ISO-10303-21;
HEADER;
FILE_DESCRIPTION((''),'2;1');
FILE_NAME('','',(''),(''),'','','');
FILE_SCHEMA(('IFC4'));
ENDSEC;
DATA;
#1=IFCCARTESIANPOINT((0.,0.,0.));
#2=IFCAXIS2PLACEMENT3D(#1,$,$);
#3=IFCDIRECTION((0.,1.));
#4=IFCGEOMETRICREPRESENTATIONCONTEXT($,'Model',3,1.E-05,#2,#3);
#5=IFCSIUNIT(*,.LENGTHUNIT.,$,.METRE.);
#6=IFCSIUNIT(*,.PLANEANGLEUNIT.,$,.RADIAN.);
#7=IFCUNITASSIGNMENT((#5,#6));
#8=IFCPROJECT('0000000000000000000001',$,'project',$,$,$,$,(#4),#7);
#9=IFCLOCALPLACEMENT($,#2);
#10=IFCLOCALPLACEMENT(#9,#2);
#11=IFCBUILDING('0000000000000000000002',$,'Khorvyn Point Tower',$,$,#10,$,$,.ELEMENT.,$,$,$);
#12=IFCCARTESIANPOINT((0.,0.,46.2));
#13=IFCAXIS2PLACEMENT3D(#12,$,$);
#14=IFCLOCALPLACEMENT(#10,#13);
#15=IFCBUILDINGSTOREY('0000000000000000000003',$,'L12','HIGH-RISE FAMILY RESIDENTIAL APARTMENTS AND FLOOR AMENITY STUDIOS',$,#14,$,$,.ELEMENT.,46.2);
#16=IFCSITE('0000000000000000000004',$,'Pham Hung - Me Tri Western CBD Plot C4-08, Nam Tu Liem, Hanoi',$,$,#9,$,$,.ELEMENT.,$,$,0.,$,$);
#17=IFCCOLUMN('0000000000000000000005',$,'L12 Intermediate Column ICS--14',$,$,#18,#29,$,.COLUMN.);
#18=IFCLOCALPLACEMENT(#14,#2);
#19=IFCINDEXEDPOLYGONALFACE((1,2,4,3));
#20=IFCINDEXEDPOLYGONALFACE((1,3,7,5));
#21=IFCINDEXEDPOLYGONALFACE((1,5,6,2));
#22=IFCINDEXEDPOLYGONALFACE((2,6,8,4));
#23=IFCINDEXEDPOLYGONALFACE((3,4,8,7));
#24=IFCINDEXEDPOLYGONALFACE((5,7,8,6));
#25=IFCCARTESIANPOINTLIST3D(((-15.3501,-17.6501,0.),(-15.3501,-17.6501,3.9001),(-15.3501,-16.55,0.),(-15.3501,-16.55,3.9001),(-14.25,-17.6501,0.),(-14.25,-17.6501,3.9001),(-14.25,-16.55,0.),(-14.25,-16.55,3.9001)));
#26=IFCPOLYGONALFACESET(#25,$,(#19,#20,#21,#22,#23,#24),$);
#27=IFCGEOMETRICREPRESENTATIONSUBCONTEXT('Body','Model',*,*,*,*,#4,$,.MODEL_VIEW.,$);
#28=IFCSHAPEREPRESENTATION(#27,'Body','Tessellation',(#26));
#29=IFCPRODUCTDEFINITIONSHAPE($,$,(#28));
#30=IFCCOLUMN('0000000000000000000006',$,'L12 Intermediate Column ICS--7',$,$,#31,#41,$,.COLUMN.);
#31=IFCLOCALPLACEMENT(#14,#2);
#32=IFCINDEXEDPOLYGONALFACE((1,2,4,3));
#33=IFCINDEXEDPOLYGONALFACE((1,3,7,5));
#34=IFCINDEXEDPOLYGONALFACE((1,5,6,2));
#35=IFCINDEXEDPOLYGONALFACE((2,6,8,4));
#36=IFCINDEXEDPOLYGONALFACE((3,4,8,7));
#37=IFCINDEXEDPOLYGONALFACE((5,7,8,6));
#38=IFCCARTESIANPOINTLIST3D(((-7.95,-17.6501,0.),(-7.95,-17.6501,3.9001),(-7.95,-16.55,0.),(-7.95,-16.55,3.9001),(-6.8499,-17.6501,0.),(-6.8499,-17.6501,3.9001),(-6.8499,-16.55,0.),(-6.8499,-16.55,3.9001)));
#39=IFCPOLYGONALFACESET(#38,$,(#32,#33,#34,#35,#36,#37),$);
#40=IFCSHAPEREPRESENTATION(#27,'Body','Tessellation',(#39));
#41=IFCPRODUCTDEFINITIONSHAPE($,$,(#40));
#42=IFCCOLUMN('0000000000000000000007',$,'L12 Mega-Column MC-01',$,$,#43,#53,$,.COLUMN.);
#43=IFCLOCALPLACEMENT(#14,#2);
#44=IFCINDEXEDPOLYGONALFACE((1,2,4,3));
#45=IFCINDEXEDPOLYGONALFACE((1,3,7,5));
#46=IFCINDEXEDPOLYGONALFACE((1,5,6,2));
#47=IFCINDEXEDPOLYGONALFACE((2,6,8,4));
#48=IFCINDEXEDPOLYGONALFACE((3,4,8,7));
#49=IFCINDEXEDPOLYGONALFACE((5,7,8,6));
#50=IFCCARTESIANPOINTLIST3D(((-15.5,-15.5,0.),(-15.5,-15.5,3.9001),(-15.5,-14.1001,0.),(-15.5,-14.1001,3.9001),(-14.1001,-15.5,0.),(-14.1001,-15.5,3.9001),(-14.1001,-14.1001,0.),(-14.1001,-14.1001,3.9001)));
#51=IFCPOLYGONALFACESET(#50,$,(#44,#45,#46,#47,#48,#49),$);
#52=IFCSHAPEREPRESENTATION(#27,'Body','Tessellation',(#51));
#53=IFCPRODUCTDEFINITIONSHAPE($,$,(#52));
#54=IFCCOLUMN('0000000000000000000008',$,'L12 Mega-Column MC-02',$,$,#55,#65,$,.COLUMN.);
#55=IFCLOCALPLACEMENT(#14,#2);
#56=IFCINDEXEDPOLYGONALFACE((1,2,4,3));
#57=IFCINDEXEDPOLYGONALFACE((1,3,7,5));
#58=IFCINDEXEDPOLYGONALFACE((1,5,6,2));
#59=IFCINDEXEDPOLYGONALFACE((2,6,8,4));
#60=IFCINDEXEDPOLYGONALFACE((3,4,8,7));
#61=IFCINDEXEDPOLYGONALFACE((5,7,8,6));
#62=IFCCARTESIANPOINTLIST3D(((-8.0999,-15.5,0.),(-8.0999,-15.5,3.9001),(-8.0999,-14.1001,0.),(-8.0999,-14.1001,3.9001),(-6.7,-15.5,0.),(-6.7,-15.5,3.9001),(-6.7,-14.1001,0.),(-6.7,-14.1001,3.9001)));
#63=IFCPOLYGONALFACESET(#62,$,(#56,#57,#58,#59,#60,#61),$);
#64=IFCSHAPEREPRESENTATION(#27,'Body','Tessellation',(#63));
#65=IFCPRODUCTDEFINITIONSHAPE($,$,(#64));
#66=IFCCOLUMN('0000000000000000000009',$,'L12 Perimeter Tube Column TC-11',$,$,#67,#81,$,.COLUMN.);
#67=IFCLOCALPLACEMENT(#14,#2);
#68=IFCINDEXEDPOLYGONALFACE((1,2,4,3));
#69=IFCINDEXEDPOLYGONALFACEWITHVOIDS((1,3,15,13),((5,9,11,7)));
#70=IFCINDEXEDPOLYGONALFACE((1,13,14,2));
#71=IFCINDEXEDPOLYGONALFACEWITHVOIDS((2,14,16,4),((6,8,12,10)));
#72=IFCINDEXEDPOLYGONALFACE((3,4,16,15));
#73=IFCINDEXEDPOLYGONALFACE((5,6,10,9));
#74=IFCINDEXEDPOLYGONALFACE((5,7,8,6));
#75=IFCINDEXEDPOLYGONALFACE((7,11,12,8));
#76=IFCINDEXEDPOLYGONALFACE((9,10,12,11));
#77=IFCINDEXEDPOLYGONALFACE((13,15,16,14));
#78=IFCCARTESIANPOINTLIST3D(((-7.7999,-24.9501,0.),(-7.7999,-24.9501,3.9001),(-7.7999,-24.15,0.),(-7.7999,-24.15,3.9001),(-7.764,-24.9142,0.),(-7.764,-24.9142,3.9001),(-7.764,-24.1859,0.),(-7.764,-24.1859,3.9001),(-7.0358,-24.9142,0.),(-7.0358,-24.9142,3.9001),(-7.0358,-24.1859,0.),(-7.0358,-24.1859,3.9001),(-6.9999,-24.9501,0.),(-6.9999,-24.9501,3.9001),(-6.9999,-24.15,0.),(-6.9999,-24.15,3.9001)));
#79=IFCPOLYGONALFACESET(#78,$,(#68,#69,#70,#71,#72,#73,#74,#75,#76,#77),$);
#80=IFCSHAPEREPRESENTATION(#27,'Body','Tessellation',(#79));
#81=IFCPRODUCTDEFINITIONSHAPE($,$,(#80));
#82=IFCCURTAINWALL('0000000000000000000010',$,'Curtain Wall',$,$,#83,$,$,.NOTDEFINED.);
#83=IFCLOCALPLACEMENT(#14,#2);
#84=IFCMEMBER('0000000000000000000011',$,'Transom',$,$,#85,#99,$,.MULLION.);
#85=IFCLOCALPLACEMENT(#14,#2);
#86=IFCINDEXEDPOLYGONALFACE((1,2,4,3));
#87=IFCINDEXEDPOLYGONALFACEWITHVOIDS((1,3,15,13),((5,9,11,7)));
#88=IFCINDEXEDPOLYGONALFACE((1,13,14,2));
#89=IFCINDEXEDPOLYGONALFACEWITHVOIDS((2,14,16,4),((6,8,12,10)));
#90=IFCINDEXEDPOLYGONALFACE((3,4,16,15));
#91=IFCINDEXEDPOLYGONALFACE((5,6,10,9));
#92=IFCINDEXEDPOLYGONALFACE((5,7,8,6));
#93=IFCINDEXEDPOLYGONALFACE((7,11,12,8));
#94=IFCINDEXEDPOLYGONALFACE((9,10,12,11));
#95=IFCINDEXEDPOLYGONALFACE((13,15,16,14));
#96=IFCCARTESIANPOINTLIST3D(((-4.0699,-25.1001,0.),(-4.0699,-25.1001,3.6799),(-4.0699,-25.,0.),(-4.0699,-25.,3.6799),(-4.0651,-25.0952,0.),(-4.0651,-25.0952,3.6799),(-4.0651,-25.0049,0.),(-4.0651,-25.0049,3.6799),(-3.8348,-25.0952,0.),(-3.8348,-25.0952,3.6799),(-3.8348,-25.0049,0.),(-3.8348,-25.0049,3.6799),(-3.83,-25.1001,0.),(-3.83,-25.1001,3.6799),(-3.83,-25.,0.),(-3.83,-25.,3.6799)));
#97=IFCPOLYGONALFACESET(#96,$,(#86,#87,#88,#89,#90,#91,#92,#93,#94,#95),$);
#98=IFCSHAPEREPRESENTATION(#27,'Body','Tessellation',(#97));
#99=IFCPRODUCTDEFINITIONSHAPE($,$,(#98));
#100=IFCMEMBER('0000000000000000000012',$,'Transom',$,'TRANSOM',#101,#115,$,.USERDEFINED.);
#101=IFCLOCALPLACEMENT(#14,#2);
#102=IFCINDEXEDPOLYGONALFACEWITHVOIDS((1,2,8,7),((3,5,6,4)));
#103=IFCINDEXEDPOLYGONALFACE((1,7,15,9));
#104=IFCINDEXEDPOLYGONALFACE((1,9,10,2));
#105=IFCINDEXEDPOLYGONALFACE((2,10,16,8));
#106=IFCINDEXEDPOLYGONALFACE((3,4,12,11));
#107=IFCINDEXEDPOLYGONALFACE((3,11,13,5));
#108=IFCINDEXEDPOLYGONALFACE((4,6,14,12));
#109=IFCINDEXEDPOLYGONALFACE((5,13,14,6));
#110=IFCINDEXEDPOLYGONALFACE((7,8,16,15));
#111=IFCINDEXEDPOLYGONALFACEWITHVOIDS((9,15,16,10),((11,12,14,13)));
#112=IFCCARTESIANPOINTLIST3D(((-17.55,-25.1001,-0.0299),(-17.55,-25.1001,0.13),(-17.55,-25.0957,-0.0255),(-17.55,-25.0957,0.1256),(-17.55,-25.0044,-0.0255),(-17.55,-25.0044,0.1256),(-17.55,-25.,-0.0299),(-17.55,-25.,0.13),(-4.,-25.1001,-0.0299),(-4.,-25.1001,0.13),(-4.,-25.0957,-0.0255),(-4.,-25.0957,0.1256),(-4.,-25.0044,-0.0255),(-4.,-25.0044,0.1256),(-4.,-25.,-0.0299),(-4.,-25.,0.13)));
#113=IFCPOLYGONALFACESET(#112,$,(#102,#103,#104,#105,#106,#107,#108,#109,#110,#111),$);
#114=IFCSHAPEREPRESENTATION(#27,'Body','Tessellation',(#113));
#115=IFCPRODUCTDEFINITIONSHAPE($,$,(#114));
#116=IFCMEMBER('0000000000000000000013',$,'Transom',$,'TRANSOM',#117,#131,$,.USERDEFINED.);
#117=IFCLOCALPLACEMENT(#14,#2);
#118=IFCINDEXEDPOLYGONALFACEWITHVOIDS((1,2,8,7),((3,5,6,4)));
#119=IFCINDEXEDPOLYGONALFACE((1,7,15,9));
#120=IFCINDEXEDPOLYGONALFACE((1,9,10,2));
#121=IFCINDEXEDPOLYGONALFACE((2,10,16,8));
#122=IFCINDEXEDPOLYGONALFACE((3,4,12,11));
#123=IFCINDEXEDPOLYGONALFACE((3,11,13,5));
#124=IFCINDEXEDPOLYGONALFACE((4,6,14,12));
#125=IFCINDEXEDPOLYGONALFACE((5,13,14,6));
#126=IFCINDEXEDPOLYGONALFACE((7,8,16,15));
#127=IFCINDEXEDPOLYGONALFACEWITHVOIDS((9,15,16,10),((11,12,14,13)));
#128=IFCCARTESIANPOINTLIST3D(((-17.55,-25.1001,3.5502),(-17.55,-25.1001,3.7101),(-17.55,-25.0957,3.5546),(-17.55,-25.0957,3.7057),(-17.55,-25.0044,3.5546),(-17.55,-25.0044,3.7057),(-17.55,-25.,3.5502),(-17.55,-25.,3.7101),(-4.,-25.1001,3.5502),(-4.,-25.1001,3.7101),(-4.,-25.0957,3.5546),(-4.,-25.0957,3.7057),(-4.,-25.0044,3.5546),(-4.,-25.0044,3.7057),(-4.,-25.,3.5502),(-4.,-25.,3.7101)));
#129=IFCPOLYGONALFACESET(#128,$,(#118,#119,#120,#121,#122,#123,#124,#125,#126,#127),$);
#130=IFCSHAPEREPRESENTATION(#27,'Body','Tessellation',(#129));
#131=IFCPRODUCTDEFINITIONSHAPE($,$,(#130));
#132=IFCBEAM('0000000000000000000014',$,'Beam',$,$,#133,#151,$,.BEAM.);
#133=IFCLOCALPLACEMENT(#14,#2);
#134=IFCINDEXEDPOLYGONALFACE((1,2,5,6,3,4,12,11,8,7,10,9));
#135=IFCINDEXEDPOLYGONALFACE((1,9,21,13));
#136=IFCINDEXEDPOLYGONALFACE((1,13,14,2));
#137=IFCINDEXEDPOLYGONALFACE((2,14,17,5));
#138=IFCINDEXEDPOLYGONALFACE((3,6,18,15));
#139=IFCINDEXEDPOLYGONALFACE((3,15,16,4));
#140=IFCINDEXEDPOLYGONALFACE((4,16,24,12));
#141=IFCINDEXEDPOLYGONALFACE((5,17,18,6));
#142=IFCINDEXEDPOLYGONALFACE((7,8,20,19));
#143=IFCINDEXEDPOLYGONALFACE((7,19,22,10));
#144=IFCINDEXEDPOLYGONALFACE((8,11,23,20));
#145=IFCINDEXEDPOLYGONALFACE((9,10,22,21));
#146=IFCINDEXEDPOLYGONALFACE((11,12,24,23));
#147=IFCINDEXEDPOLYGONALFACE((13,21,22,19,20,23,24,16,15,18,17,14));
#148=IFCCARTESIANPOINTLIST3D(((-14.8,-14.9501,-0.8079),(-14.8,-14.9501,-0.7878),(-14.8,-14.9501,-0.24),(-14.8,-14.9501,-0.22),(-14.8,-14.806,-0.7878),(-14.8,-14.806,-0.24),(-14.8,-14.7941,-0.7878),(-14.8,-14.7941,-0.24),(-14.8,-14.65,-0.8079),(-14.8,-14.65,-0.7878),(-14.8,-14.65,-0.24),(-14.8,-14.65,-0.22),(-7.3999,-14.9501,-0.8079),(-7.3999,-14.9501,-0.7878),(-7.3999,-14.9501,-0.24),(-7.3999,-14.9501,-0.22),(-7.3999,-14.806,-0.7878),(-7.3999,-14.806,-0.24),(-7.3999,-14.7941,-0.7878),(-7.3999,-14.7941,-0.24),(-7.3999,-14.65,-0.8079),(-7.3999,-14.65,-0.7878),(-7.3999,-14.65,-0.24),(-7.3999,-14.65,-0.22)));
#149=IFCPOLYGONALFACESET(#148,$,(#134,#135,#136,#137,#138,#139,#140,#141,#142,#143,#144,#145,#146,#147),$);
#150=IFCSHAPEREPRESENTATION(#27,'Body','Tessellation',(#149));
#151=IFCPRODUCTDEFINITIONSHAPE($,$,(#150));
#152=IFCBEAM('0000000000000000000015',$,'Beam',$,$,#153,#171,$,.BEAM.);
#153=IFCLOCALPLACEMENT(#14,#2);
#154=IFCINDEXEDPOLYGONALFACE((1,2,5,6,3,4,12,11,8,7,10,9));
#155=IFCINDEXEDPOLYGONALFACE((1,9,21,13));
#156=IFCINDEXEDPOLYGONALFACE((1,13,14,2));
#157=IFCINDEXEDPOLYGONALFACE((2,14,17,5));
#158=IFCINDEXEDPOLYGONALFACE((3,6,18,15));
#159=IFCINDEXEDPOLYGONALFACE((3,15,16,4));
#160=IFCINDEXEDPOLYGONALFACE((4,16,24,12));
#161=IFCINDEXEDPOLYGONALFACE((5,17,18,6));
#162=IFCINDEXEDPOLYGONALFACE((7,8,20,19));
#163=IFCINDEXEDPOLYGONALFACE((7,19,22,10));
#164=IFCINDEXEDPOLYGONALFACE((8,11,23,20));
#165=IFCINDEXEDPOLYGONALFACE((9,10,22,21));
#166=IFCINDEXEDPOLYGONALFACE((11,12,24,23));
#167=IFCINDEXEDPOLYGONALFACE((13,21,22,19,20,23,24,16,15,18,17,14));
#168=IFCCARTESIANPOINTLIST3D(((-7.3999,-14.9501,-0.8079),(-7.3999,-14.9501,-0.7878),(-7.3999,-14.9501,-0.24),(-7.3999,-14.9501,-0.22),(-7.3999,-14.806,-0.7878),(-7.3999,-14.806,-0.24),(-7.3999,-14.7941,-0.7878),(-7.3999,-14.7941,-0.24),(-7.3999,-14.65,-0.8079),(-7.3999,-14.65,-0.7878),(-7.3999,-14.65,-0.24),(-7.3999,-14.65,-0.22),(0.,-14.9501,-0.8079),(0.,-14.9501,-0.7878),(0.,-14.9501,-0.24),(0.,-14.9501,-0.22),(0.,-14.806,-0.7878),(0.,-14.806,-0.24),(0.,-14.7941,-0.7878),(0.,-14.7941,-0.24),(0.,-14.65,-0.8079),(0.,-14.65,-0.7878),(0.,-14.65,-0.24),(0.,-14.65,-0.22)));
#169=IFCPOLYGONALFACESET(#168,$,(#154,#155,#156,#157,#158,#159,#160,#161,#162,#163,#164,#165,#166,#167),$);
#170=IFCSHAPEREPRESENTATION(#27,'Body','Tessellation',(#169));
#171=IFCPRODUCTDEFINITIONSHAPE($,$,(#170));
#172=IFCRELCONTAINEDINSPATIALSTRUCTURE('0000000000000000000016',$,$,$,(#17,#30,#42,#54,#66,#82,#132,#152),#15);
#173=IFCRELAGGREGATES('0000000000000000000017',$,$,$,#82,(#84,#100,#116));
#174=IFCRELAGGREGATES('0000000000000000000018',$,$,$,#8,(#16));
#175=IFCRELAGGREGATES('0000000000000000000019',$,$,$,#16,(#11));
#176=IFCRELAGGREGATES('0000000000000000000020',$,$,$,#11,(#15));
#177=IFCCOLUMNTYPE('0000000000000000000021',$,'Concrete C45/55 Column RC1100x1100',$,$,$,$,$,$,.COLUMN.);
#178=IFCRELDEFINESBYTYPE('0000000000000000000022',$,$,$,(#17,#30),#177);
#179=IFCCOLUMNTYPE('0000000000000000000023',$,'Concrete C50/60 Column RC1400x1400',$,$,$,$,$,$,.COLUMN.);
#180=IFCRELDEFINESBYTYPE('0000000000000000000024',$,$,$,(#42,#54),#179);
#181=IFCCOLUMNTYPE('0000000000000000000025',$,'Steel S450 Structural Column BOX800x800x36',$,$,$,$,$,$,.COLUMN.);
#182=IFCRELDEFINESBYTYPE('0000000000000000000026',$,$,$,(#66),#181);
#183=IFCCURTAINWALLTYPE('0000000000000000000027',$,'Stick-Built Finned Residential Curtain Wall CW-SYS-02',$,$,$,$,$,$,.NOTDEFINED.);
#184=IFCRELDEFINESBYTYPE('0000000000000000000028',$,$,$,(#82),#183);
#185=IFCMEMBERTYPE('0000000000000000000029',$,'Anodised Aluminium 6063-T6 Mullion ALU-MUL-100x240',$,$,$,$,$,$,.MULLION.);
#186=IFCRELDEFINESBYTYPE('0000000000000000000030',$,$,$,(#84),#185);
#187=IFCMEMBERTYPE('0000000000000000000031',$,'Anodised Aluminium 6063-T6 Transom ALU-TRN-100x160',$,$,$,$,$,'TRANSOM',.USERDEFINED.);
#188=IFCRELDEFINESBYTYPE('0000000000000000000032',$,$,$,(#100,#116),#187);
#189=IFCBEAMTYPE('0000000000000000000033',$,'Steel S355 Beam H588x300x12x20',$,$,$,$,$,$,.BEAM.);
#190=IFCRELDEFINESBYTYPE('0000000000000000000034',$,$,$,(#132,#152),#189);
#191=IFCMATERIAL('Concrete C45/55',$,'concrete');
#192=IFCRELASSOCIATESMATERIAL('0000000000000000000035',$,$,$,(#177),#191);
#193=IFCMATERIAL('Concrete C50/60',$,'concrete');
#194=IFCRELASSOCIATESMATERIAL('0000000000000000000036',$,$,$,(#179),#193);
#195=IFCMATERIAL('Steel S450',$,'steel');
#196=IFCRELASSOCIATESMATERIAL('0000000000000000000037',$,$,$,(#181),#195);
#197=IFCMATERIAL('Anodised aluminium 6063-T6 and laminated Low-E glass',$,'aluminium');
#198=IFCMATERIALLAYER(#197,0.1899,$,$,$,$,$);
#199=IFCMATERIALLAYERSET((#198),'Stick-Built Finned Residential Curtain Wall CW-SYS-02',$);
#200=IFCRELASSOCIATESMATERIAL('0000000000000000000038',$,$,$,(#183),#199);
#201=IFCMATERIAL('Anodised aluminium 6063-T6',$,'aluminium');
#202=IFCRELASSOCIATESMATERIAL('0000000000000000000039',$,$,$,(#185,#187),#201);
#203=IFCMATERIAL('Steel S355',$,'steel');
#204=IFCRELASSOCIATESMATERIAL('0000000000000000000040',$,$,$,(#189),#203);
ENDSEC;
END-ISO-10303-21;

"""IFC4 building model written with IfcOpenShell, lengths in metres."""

from ifc_helpers import new_model, si_unit, direction, frame, origin, origin_2d, place, context, subcontext, project, spatial, rectangle, hollow_rectangle, i_section, extrude, material, layer, layer_set, material_profile, profile_set, type_object, element, aggregate, save


model = new_model("IFC4")

# Units and contexts
model_context = context("Model", 3, precision=1e-05, world=origin(), true_north=direction((0.0, 1.0)))
body_context = subcontext(model_context, "Body", "Model", "MODEL_VIEW")
ifc_project = project(units=[si_unit("LENGTHUNIT", "METRE"), si_unit("PLANEANGLEUNIT", "RADIAN")], contexts=[model_context])

# Site, building, storey
site_placement = place(None, origin())
site = spatial("IfcSite", under=ifc_project, at=site_placement, Name="Pham Hung - Me Tri Western CBD Plot C4-08, Nam Tu Liem, Hanoi", CompositionType="ELEMENT", RefElevation=0.0)
building_placement = place(site_placement, origin())
building = spatial("IfcBuilding", under=site, at=building_placement, Name="Khorvyn Point Tower", CompositionType="ELEMENT")
storey_placement = place(building_placement, frame((0.0, 0.0, 46.2)))
storey = spatial("IfcBuildingStorey", under=building, at=storey_placement, Name="L12", Description="HIGH-RISE FAMILY RESIDENTIAL APARTMENTS AND FLOOR AMENITY STUDIOS", CompositionType="ELEMENT", Elevation=46.2)

# Columns
ifc_material_1 = material(Name="Concrete C45/55", Category="concrete")
ifc_material_profile_1 = material_profile(ifc_material_1, rectangle(XDim=1.1001, YDim=1.1001, at=origin_2d()))
ifc_profile_set_1 = profile_set([ifc_material_profile_1], Name="Concrete C45/55 RC1100x1100")
column_type_1 = type_object("IfcColumnType", Name="Concrete C45/55 Column RC1100x1100", PredefinedType="COLUMN", material=ifc_profile_set_1)
for number, where, z_axis, x_axis, name in (
    (1, (-14.8, -17.1001, 0.0), (0.0, 0.0, 1.0), (1.0, 0.0, 0.0), "L12 Intermediate Column ICS--14"),
    (2, (-7.3999, -17.1001, 0.0), (0.0, 0.0, 1.0), (1.0, 0.0, 0.0), "L12 Intermediate Column ICS--7"),
):
    element("IfcColumn", number, at=place(storey_placement, frame(where, z_axis=z_axis, x_axis=x_axis)), inside=storey, type_object=column_type_1, Name=name, PredefinedType="COLUMN", context=body_context, shape_type="SweptSolid", body=[
        extrude(rectangle(XDim=1.1001, YDim=1.1001, at=origin_2d()), origin(), (0.0, 0.0, 1.0), 3.9001),
    ])
ifc_material_2 = material(Name="Concrete C50/60", Category="concrete")
ifc_material_profile_2 = material_profile(ifc_material_2, rectangle(XDim=1.3999, YDim=1.3999, at=origin_2d()))
ifc_profile_set_2 = profile_set([ifc_material_profile_2], Name="Concrete C50/60 RC1400x1400")
column_type_2 = type_object("IfcColumnType", Name="Concrete C50/60 Column RC1400x1400", PredefinedType="COLUMN", material=ifc_profile_set_2)
for number, where, z_axis, x_axis, name in (
    (3, (-14.8, -14.8, 0.0), (0.0, 0.0, 1.0), (1.0, 0.0, 0.0), "L12 Mega-Column MC-01"),
    (4, (-7.3999, -14.8, 0.0), (0.0, 0.0, 1.0), (1.0, 0.0, 0.0), "L12 Mega-Column MC-02"),
):
    element("IfcColumn", number, at=place(storey_placement, frame(where, z_axis=z_axis, x_axis=x_axis)), inside=storey, type_object=column_type_2, Name=name, PredefinedType="COLUMN", context=body_context, shape_type="SweptSolid", body=[
        extrude(rectangle(XDim=1.3999, YDim=1.3999, at=origin_2d()), origin(), (0.0, 0.0, 1.0), 3.9001),
    ])
ifc_material_3 = material(Name="Steel S450", Category="steel")
ifc_material_profile_3 = material_profile(ifc_material_3, hollow_rectangle(XDim=0.8, YDim=0.8, WallThickness=0.0359, at=origin_2d()))
ifc_profile_set_3 = profile_set([ifc_material_profile_3], Name="Steel S450 BOX800x800x36")
column_type_3 = type_object("IfcColumnType", Name="Steel S450 Structural Column BOX800x800x36", PredefinedType="COLUMN", material=ifc_profile_set_3)
column_placement = place(storey_placement, frame((-7.3999, -24.55, 0.0), z_axis=(0.0, 0.0, 1.0), x_axis=(1.0, 0.0, 0.0)))
element("IfcColumn", 5, at=column_placement, inside=storey, type_object=column_type_3, Name="L12 Perimeter Tube Column TC-11", PredefinedType="COLUMN", context=body_context, shape_type="SweptSolid", body=[
    extrude(hollow_rectangle(XDim=0.8, YDim=0.8, WallThickness=0.0359, at=origin_2d()), origin(), (0.0, 0.0, 1.0), 3.9001),
])

# Curtain wall, members
ifc_material_4 = material(Name="Anodised aluminium 6063-T6 and laminated Low-E glass", Category="aluminium")
ifc_layer_1 = layer(ifc_material_4, 0.1899)
ifc_layer_set_1 = layer_set([ifc_layer_1], Name="Stick-Built Finned Residential Curtain Wall CW-SYS-02")
curtain_wall_type = type_object("IfcCurtainWallType", Name="Stick-Built Finned Residential Curtain Wall CW-SYS-02", PredefinedType="NOTDEFINED", material=ifc_layer_set_1)
curtain_wall_placement = place(storey_placement, origin())
curtain_wall = element("IfcCurtainWall", 6, at=curtain_wall_placement, inside=storey, type_object=curtain_wall_type, Name="Curtain Wall", PredefinedType="NOTDEFINED")
ifc_material_5 = material(Name="Anodised aluminium 6063-T6", Category="aluminium")
ifc_material_profile_4 = material_profile(ifc_material_5, hollow_rectangle(XDim=0.1001, YDim=0.24, WallThickness=0.0049, at=origin_2d()))
ifc_profile_set_4 = profile_set([ifc_material_profile_4], Name="Anodised aluminium 6063-T6 ALU-MUL-100x240")
member_type_1 = type_object("IfcMemberType", Name="Anodised Aluminium 6063-T6 Mullion ALU-MUL-100x240", PredefinedType="MULLION", material=ifc_profile_set_4)
member_1_placement = place(storey_placement, frame((-3.95, -25.05, 0.0), z_axis=(0.0, 0.0, 1.0), x_axis=(0.0, -1.0, 0.0)))
member_1 = element("IfcMember", 7, at=member_1_placement, type_object=member_type_1, Name="Transom", PredefinedType="MULLION", context=body_context, shape_type="SweptSolid", body=[
    extrude(hollow_rectangle(XDim=0.1001, YDim=0.24, WallThickness=0.0049, at=origin_2d()), origin(), (0.0, 0.0, 1.0), 3.6799),
])
ifc_material_profile_5 = material_profile(ifc_material_5, hollow_rectangle(XDim=0.1001, YDim=0.1599, WallThickness=0.0044, at=origin_2d()))
ifc_profile_set_5 = profile_set([ifc_material_profile_5], Name="Anodised aluminium 6063-T6 ALU-TRN-100x160")
member_type_2 = type_object("IfcMemberType", Name="Anodised Aluminium 6063-T6 Transom ALU-TRN-100x160", ElementType="TRANSOM", PredefinedType="USERDEFINED", material=ifc_profile_set_5)
member_2_placement = place(storey_placement, frame((-4.0, -25.05, 0.05), z_axis=(-1.0, 0.0, 0.0), x_axis=(0.0, -1.0, 0.0)))
member_2 = element("IfcMember", 8, at=member_2_placement, type_object=member_type_2, Name="Transom", ObjectType="TRANSOM", PredefinedType="USERDEFINED", context=body_context, shape_type="SweptSolid", body=[
    extrude(hollow_rectangle(XDim=0.1001, YDim=0.1599, WallThickness=0.0044, at=origin_2d()), origin(), (0.0, 0.0, 1.0), 13.55),
])
member_3_placement = place(storey_placement, frame((-4.0, -25.05, 3.6301), z_axis=(-1.0, 0.0, 0.0), x_axis=(0.0, -1.0, 0.0)))
member_3 = element("IfcMember", 9, at=member_3_placement, type_object=member_type_2, Name="Transom", ObjectType="TRANSOM", PredefinedType="USERDEFINED", context=body_context, shape_type="SweptSolid", body=[
    extrude(hollow_rectangle(XDim=0.1001, YDim=0.1599, WallThickness=0.0044, at=origin_2d()), origin(), (0.0, 0.0, 1.0), 13.55),
])

# Beams
ifc_material_6 = material(Name="Steel S355", Category="steel")
ifc_material_profile_6 = material_profile(ifc_material_6, i_section(OverallWidth=0.3, OverallDepth=0.5879, WebThickness=0.012, FlangeThickness=0.02, at=origin_2d()))
ifc_profile_set_6 = profile_set([ifc_material_profile_6], Name="Steel S355 H588x300x12x20")
beam_type_1 = type_object("IfcBeamType", Name="Steel S355 Beam H588x300x12x20", PredefinedType="BEAM", material=ifc_profile_set_6)
beam_1_placement = place(storey_placement, frame((-14.8, -14.8, -0.5139), z_axis=(1.0, 0.0, 0.0), x_axis=(0.0, 1.0, 0.0)))
element("IfcBeam", 10, at=beam_1_placement, inside=storey, type_object=beam_type_1, Name="Beam", PredefinedType="BEAM", context=body_context, shape_type="SweptSolid", body=[
    extrude(i_section(OverallWidth=0.3, OverallDepth=0.5879, WebThickness=0.012, FlangeThickness=0.02, at=origin_2d()), origin(), (0.0, 0.0, 1.0), 7.4001),
])
beam_2_placement = place(storey_placement, frame((-7.3999, -14.8, -0.5139), z_axis=(1.0, 0.0, 0.0), x_axis=(0.0, 1.0, 0.0)))
element("IfcBeam", 11, at=beam_2_placement, inside=storey, type_object=beam_type_1, Name="Beam", PredefinedType="BEAM", context=body_context, shape_type="SweptSolid", body=[
    extrude(i_section(OverallWidth=0.3, OverallDepth=0.5879, WebThickness=0.012, FlangeThickness=0.02, at=origin_2d()), origin(), (0.0, 0.0, 1.0), 7.3999),
])

aggregate(curtain_wall, [member_1, member_2, member_3])

save(model, "model.ifc")
